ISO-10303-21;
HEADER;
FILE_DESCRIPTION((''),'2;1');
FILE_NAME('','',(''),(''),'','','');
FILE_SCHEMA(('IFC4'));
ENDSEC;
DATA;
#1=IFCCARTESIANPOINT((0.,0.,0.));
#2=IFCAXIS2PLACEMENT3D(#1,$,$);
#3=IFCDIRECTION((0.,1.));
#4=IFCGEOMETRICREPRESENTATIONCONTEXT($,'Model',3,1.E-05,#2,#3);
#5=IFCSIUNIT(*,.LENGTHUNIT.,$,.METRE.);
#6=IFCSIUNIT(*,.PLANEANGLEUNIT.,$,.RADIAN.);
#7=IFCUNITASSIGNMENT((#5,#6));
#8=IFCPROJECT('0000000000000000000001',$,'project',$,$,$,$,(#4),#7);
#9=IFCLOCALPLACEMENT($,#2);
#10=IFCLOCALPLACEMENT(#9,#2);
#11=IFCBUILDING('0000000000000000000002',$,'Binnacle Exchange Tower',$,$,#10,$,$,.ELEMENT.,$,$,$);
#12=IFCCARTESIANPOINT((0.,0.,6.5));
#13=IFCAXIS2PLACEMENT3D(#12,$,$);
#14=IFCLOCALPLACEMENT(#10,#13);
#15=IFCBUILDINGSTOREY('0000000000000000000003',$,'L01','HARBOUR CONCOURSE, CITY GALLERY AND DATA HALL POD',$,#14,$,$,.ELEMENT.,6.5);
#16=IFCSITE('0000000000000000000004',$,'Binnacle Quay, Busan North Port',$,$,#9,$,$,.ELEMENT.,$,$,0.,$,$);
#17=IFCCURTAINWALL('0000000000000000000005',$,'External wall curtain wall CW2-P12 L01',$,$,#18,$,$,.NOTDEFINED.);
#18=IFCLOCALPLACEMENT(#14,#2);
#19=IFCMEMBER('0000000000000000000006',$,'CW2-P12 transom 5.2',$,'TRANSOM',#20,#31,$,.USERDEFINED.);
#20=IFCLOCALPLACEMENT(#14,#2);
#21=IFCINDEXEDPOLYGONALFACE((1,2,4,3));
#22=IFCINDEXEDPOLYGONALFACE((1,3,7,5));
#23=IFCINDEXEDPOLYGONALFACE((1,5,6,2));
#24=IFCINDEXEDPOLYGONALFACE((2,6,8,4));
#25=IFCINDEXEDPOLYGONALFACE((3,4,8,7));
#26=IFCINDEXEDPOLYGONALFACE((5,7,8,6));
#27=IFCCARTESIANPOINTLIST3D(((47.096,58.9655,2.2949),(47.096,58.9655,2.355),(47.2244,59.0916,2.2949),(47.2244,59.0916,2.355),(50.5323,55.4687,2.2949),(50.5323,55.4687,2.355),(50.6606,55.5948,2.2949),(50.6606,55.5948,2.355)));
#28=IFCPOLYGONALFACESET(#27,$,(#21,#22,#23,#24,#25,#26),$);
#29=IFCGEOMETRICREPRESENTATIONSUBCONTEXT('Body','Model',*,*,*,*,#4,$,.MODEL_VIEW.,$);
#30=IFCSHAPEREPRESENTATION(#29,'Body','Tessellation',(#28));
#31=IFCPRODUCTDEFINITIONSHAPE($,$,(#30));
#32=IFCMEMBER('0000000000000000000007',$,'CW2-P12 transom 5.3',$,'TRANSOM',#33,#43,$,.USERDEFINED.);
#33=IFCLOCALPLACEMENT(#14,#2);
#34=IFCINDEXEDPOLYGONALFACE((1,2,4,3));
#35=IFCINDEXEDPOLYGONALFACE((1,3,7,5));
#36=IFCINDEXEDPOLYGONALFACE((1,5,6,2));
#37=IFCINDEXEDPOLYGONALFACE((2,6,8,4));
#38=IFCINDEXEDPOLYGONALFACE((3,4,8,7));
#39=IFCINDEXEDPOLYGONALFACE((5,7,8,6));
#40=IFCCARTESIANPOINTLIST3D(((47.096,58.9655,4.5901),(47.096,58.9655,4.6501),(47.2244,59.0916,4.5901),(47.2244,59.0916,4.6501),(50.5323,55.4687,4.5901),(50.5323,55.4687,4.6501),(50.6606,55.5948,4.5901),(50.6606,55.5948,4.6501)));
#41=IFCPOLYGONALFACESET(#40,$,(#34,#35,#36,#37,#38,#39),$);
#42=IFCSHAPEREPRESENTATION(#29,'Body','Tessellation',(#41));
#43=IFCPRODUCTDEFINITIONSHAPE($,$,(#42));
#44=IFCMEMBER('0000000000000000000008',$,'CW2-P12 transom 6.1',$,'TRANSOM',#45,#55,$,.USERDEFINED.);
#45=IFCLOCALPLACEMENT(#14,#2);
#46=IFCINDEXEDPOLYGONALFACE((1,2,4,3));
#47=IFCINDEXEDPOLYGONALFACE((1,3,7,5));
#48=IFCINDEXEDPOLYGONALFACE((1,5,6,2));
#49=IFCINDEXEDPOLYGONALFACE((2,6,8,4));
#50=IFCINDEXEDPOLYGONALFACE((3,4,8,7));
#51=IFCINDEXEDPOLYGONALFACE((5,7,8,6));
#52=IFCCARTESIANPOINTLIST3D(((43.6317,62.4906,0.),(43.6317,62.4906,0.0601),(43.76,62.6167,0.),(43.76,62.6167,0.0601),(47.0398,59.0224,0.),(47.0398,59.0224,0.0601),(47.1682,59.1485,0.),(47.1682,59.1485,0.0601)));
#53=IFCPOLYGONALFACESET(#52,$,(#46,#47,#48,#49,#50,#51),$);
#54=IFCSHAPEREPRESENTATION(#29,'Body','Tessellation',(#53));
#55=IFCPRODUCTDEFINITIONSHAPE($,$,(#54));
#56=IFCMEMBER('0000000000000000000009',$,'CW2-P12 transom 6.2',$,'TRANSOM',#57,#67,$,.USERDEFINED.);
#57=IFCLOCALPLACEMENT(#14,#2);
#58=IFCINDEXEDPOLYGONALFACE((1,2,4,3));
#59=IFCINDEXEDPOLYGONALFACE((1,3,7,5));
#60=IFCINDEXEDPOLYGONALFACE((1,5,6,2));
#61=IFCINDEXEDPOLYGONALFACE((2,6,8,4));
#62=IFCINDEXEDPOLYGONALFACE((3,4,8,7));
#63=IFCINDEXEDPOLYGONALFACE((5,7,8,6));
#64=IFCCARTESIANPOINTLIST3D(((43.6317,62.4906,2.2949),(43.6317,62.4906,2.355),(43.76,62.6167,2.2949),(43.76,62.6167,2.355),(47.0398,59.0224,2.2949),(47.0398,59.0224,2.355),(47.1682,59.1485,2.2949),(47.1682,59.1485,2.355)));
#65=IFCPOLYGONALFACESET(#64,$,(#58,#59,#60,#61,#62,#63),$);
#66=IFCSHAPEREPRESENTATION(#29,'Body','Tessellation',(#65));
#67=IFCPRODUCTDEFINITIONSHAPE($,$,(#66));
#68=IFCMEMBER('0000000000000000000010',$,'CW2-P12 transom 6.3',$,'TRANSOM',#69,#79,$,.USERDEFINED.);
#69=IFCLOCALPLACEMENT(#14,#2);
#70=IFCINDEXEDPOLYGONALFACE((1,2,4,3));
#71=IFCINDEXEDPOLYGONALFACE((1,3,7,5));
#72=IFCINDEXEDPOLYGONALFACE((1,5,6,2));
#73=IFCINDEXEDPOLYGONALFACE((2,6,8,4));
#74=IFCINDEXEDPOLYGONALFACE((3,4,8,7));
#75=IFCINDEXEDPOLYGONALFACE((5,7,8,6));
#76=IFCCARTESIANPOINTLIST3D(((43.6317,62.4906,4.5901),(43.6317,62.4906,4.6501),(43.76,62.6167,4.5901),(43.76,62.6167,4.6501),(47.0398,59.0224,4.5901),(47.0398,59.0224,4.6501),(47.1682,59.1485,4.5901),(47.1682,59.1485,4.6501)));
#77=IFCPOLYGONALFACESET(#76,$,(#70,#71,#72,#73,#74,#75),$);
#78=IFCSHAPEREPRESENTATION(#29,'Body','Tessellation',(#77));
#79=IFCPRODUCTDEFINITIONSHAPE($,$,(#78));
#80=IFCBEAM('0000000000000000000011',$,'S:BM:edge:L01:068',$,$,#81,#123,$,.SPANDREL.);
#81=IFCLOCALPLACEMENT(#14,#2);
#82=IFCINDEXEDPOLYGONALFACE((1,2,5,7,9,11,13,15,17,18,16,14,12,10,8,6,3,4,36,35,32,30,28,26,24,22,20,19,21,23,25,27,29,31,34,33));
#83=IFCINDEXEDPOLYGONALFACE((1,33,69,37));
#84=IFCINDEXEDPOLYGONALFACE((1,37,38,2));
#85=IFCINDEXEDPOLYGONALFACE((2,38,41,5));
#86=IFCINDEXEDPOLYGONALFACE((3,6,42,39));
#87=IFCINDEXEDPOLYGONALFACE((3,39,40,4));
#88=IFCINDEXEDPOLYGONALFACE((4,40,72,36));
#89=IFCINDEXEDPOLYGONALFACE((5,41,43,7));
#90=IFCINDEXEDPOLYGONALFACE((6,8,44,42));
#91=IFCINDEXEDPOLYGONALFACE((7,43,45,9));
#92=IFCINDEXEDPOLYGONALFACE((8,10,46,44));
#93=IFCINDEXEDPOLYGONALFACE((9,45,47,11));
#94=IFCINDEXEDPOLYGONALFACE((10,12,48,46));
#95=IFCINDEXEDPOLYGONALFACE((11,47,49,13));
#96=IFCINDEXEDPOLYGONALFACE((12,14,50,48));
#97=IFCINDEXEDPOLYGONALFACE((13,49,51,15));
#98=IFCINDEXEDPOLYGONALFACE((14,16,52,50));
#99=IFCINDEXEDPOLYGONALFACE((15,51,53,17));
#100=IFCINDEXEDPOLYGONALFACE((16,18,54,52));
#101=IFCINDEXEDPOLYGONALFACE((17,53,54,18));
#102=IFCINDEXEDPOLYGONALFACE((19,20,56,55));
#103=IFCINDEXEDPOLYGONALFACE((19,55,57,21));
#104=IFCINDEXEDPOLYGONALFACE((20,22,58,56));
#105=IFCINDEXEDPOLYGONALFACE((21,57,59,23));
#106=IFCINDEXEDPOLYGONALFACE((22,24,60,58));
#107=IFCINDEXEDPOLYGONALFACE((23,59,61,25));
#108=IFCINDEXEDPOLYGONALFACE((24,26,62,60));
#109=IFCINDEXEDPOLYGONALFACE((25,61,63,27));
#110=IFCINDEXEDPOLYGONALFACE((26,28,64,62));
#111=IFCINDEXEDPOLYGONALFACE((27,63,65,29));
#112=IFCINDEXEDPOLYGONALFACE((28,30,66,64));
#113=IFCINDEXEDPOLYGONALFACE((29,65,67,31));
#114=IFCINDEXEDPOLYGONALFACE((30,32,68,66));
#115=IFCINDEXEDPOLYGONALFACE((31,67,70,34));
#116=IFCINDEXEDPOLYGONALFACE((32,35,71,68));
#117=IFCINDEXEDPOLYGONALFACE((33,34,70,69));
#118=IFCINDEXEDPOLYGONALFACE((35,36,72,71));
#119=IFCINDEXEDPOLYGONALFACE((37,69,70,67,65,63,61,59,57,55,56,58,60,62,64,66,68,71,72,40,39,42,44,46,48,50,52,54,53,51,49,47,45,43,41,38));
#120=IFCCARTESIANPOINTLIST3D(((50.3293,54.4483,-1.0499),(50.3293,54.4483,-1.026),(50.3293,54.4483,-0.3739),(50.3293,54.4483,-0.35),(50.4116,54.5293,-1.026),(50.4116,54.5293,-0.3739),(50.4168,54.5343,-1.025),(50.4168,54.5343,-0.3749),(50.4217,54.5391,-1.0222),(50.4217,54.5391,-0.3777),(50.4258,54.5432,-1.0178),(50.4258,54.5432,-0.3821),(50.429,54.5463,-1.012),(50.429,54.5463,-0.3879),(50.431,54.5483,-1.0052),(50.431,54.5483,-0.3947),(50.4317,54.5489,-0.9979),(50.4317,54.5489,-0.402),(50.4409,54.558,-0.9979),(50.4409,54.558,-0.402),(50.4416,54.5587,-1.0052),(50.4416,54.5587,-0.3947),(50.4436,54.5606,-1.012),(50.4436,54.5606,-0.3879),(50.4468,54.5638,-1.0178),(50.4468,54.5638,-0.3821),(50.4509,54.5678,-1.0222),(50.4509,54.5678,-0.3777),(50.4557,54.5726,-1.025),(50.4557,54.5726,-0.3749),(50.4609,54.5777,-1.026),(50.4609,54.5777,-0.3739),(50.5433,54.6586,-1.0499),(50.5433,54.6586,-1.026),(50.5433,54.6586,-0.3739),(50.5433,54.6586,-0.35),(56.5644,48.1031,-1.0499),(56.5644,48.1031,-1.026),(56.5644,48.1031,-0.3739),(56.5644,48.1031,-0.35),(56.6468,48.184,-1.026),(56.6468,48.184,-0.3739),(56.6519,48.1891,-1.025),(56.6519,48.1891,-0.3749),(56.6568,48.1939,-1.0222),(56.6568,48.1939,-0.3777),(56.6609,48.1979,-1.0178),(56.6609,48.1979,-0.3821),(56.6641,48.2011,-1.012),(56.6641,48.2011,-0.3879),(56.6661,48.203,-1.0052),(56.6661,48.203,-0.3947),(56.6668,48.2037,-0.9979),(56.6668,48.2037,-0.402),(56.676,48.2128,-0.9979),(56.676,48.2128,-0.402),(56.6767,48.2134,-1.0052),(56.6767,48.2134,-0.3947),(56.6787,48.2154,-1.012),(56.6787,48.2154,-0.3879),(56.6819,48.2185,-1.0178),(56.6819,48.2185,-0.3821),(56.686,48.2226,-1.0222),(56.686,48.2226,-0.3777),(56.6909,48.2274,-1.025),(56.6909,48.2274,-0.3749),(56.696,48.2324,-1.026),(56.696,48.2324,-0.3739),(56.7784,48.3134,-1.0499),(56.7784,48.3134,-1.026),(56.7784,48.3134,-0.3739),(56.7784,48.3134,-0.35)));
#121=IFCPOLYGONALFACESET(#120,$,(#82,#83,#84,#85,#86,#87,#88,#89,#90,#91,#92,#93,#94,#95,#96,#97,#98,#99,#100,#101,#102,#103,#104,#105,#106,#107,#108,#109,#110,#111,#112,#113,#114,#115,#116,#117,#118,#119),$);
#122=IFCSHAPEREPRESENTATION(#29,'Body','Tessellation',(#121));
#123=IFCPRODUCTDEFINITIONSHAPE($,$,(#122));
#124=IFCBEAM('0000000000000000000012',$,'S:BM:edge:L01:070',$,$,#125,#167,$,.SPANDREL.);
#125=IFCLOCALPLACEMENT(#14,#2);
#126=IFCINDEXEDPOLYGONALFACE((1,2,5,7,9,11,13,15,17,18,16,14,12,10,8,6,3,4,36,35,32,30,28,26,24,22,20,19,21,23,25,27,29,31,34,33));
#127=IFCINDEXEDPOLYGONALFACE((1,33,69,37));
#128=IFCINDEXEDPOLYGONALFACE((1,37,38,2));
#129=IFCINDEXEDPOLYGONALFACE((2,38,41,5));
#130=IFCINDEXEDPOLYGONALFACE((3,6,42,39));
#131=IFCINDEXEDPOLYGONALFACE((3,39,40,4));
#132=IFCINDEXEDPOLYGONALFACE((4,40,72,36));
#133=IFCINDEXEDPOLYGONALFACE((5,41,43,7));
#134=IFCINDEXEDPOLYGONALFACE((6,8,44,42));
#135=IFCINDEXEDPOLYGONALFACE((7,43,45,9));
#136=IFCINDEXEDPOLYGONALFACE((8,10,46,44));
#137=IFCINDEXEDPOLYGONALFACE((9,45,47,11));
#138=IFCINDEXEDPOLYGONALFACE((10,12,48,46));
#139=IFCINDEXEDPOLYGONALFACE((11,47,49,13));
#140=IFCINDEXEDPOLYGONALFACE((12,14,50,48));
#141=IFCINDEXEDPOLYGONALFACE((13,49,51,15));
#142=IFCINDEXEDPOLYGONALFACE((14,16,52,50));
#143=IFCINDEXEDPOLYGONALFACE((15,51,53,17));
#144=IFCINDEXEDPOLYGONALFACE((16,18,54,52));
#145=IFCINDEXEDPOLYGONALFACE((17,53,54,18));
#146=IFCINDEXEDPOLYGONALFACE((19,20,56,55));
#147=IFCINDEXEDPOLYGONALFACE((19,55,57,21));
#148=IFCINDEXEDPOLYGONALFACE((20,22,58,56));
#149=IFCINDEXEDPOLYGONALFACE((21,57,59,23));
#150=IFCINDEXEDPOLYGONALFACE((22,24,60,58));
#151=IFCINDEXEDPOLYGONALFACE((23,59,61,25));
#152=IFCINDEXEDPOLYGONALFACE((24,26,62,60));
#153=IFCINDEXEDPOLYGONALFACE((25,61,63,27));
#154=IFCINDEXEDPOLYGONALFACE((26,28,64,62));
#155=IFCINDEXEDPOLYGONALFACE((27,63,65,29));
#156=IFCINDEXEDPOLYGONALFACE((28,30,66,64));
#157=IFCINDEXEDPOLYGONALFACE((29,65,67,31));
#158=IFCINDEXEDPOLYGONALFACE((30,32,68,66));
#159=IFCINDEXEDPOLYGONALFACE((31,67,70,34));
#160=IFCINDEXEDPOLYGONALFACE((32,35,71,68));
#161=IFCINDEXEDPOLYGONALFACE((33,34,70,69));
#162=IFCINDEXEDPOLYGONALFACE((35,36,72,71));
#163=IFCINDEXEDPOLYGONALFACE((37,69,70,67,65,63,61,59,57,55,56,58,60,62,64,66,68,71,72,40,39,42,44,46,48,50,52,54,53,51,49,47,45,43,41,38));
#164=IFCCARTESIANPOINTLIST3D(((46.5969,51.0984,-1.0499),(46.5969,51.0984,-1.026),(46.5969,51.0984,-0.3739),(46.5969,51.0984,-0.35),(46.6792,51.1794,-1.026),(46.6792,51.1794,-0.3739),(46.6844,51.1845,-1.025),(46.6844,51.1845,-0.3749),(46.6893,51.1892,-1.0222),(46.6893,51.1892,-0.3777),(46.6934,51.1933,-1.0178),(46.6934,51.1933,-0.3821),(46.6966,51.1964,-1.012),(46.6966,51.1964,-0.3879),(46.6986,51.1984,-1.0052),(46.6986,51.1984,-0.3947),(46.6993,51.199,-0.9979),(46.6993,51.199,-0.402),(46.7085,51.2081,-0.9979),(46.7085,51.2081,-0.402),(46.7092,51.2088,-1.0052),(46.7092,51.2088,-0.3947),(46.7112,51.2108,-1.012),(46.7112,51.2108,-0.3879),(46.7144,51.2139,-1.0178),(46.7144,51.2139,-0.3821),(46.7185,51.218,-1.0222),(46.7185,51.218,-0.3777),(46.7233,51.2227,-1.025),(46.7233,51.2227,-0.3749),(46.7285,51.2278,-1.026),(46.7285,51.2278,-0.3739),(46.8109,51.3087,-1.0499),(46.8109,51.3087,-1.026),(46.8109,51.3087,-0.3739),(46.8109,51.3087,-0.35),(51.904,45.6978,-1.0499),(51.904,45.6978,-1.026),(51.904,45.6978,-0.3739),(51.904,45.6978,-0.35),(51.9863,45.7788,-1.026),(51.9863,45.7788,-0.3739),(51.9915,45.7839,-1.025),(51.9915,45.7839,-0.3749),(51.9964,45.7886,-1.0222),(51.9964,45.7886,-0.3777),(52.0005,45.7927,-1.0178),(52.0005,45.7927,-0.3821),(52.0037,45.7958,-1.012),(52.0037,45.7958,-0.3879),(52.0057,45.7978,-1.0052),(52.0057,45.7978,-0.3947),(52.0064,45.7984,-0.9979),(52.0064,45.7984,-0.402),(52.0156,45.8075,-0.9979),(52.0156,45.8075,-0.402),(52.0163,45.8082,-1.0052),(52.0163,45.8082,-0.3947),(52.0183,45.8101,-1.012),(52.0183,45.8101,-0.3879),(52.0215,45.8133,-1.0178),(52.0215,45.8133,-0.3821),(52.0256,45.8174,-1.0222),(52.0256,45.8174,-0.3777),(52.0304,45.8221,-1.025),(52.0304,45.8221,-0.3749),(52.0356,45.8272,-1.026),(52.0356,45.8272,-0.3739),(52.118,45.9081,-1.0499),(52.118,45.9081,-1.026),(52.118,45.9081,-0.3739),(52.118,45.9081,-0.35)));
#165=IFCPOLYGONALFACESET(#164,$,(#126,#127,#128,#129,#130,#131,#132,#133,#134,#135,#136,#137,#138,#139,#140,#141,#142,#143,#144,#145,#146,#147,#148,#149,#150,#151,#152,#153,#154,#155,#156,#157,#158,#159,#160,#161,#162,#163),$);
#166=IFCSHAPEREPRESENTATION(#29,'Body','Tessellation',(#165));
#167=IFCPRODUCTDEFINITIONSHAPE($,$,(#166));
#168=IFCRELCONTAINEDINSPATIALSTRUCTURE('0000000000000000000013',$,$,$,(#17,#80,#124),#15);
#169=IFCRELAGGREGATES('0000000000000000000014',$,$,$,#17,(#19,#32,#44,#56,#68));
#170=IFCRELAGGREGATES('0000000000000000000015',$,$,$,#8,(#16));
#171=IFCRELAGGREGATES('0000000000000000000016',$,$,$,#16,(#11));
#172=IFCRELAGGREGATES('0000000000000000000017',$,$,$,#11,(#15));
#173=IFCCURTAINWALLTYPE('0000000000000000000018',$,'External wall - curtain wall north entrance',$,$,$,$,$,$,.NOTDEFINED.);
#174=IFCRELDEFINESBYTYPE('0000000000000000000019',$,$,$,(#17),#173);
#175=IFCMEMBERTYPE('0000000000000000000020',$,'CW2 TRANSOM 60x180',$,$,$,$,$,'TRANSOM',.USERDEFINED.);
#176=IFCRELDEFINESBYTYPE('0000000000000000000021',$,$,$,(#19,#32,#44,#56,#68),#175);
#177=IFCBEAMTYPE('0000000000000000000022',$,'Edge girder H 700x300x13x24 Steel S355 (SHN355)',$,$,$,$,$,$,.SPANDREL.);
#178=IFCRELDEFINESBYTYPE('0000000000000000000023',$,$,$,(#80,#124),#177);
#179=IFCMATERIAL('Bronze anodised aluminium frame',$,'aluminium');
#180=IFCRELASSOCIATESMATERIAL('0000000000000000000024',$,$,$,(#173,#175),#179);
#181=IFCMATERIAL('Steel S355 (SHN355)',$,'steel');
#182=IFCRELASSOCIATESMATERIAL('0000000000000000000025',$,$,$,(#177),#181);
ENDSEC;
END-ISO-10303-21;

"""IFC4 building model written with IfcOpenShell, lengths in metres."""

from ifc_helpers import new_model, si_unit, direction, frame, origin, origin_2d, place, context, subcontext, project, spatial, rectangle, i_section, extrude, material, material_profile, profile_set, type_object, element, aggregate, save


model = new_model("IFC4")

# Units and contexts
model_context = context("Model", 3, precision=1e-05, world=origin(), true_north=direction((0.0, 1.0)))
body_context = subcontext(model_context, "Body", "Model", "MODEL_VIEW")
ifc_project = project(units=[si_unit("LENGTHUNIT", "METRE"), si_unit("PLANEANGLEUNIT", "RADIAN")], contexts=[model_context])

# Site, building, storey
site_placement = place(None, origin())
site = spatial("IfcSite", under=ifc_project, at=site_placement, Name="Binnacle Quay, Busan North Port", CompositionType="ELEMENT", RefElevation=0.0)
building_placement = place(site_placement, origin())
building = spatial("IfcBuilding", under=site, at=building_placement, Name="Binnacle Exchange Tower", CompositionType="ELEMENT")
storey_placement = place(building_placement, frame((0.0, 0.0, 6.5)))
storey = spatial("IfcBuildingStorey", under=building, at=storey_placement, Name="L01", Description="HARBOUR CONCOURSE, CITY GALLERY AND DATA HALL POD", CompositionType="ELEMENT", Elevation=6.5)

# Curtain wall, members
ifc_material_1 = material(Name="Bronze anodised aluminium frame", Category="aluminium")
curtain_wall_type = type_object("IfcCurtainWallType", Name="External wall - curtain wall north entrance", PredefinedType="NOTDEFINED", material=ifc_material_1)
curtain_wall_placement = place(storey_placement, origin())
curtain_wall = element("IfcCurtainWall", 1, at=curtain_wall_placement, inside=storey, type_object=curtain_wall_type, Name="External wall curtain wall CW2-P12 L01", PredefinedType="NOTDEFINED")
ifc_material_profile_1 = material_profile(ifc_material_1, rectangle(XDim=0.1799, YDim=0.0601, at=origin_2d()), Name="AL 180x60")
ifc_profile_set_1 = profile_set([ifc_material_profile_1], Name="Bronze anodised aluminium frame")
member_type_1 = type_object("IfcMemberType", Name="CW2 TRANSOM 60x180", ElementType="TRANSOM", PredefinedType="USERDEFINED", material=ifc_profile_set_1)
member_1_placement = place(storey_placement, frame((50.5964, 55.5317, 2.325), z_axis=(-0.700905, 0.713255, 0.0), x_axis=(-0.713255, -0.700905, 0.0)))
member_1 = element("IfcMember", 2, at=member_1_placement, type_object=member_type_1, Name="CW2-P12 transom 5.2", ObjectType="TRANSOM", PredefinedType="USERDEFINED", context=body_context, shape_type="SweptSolid", body=[
    extrude(rectangle(XDim=0.1799, YDim=0.0601, at=origin_2d()), origin(), (0.0, 0.0, 1.0), 4.9026),
])
member_2_placement = place(storey_placement, frame((50.5964, 55.5317, 4.6201), z_axis=(-0.700905, 0.713255, 0.0), x_axis=(-0.713255, -0.700905, 0.0)))
member_2 = element("IfcMember", 3, at=member_2_placement, type_object=member_type_1, Name="CW2-P12 transom 5.3", ObjectType="TRANSOM", PredefinedType="USERDEFINED", context=body_context, shape_type="SweptSolid", body=[
    extrude(rectangle(XDim=0.1799, YDim=0.0601, at=origin_2d()), origin(), (0.0, 0.0, 1.0), 4.9026),
])
member_3_placement = place(storey_placement, frame((47.104, 59.0854, 0.03), z_axis=(-0.700904, 0.713255, 0.0), x_axis=(-0.713255, -0.700904, 0.0)))
member_3 = element("IfcMember", 4, at=member_3_placement, type_object=member_type_1, Name="CW2-P12 transom 6.1", ObjectType="TRANSOM", PredefinedType="USERDEFINED", context=body_context, shape_type="SweptSolid", body=[
    extrude(rectangle(XDim=0.1799, YDim=0.0601, at=origin_2d()), origin(), (0.0, 0.0, 1.0), 4.8625),
])
member_4_placement = place(storey_placement, frame((47.104, 59.0854, 2.325), z_axis=(-0.700904, 0.713255, 0.0), x_axis=(-0.713255, -0.700904, 0.0)))
member_4 = element("IfcMember", 5, at=member_4_placement, type_object=member_type_1, Name="CW2-P12 transom 6.2", ObjectType="TRANSOM", PredefinedType="USERDEFINED", context=body_context, shape_type="SweptSolid", body=[
    extrude(rectangle(XDim=0.1799, YDim=0.0601, at=origin_2d()), origin(), (0.0, 0.0, 1.0), 4.8625),
])
member_5_placement = place(storey_placement, frame((47.104, 59.0854, 4.6201), z_axis=(-0.700904, 0.713255, 0.0), x_axis=(-0.713255, -0.700904, 0.0)))
member_5 = element("IfcMember", 6, at=member_5_placement, type_object=member_type_1, Name="CW2-P12 transom 6.3", ObjectType="TRANSOM", PredefinedType="USERDEFINED", context=body_context, shape_type="SweptSolid", body=[
    extrude(rectangle(XDim=0.1799, YDim=0.0601, at=origin_2d()), origin(), (0.0, 0.0, 1.0), 4.8625),
])

# Beams
ifc_material_2 = material(Name="Steel S355 (SHN355)", Category="steel")
ifc_material_profile_2 = material_profile(ifc_material_2, i_section(OverallWidth=0.3, OverallDepth=0.7, WebThickness=0.0129, FlangeThickness=0.0239, FilletRadius=0.0281, at=origin_2d()), Name="H 700x300x13x24")
ifc_profile_set_2 = profile_set([ifc_material_profile_2], Name="Steel S355 (SHN355)")
beam_type_1 = type_object("IfcBeamType", Name="Edge girder H 700x300x13x24 Steel S355 (SHN355)", PredefinedType="SPANDREL", material=ifc_profile_set_2)
beam_1_placement = place(storey_placement, frame((50.4363, 54.5535, -0.7), z_axis=(0.700891, -0.713268, 0.0), x_axis=(0.713268, 0.700891, 0.0)))
element("IfcBeam", 7, at=beam_1_placement, inside=storey, type_object=beam_type_1, Name="S:BM:edge:L01:068", PredefinedType="SPANDREL", context=body_context, shape_type="SweptSolid", body=[
    extrude(i_section(OverallWidth=0.3, OverallDepth=0.7, WebThickness=0.0129, FlangeThickness=0.0239, FilletRadius=0.0281, at=origin_2d()), origin(), (0.0, 0.0, 1.0), 8.896),
])
beam_2_placement = place(storey_placement, frame((52.011, 45.803, -0.7), z_axis=(-0.700905, 0.713254, 0.0), x_axis=(-0.713254, -0.700905, 0.0)))
element("IfcBeam", 8, at=beam_2_placement, inside=storey, type_object=beam_type_1, Name="S:BM:edge:L01:070", PredefinedType="SPANDREL", context=body_context, shape_type="SweptSolid", body=[
    extrude(i_section(OverallWidth=0.3, OverallDepth=0.7, WebThickness=0.0129, FlangeThickness=0.0239, FilletRadius=0.0281, at=origin_2d()), origin(), (0.0, 0.0, 1.0), 7.5718),
])

aggregate(curtain_wall, [member_1, member_2, member_3, member_4, member_5])

save(model, "model.ifc")
